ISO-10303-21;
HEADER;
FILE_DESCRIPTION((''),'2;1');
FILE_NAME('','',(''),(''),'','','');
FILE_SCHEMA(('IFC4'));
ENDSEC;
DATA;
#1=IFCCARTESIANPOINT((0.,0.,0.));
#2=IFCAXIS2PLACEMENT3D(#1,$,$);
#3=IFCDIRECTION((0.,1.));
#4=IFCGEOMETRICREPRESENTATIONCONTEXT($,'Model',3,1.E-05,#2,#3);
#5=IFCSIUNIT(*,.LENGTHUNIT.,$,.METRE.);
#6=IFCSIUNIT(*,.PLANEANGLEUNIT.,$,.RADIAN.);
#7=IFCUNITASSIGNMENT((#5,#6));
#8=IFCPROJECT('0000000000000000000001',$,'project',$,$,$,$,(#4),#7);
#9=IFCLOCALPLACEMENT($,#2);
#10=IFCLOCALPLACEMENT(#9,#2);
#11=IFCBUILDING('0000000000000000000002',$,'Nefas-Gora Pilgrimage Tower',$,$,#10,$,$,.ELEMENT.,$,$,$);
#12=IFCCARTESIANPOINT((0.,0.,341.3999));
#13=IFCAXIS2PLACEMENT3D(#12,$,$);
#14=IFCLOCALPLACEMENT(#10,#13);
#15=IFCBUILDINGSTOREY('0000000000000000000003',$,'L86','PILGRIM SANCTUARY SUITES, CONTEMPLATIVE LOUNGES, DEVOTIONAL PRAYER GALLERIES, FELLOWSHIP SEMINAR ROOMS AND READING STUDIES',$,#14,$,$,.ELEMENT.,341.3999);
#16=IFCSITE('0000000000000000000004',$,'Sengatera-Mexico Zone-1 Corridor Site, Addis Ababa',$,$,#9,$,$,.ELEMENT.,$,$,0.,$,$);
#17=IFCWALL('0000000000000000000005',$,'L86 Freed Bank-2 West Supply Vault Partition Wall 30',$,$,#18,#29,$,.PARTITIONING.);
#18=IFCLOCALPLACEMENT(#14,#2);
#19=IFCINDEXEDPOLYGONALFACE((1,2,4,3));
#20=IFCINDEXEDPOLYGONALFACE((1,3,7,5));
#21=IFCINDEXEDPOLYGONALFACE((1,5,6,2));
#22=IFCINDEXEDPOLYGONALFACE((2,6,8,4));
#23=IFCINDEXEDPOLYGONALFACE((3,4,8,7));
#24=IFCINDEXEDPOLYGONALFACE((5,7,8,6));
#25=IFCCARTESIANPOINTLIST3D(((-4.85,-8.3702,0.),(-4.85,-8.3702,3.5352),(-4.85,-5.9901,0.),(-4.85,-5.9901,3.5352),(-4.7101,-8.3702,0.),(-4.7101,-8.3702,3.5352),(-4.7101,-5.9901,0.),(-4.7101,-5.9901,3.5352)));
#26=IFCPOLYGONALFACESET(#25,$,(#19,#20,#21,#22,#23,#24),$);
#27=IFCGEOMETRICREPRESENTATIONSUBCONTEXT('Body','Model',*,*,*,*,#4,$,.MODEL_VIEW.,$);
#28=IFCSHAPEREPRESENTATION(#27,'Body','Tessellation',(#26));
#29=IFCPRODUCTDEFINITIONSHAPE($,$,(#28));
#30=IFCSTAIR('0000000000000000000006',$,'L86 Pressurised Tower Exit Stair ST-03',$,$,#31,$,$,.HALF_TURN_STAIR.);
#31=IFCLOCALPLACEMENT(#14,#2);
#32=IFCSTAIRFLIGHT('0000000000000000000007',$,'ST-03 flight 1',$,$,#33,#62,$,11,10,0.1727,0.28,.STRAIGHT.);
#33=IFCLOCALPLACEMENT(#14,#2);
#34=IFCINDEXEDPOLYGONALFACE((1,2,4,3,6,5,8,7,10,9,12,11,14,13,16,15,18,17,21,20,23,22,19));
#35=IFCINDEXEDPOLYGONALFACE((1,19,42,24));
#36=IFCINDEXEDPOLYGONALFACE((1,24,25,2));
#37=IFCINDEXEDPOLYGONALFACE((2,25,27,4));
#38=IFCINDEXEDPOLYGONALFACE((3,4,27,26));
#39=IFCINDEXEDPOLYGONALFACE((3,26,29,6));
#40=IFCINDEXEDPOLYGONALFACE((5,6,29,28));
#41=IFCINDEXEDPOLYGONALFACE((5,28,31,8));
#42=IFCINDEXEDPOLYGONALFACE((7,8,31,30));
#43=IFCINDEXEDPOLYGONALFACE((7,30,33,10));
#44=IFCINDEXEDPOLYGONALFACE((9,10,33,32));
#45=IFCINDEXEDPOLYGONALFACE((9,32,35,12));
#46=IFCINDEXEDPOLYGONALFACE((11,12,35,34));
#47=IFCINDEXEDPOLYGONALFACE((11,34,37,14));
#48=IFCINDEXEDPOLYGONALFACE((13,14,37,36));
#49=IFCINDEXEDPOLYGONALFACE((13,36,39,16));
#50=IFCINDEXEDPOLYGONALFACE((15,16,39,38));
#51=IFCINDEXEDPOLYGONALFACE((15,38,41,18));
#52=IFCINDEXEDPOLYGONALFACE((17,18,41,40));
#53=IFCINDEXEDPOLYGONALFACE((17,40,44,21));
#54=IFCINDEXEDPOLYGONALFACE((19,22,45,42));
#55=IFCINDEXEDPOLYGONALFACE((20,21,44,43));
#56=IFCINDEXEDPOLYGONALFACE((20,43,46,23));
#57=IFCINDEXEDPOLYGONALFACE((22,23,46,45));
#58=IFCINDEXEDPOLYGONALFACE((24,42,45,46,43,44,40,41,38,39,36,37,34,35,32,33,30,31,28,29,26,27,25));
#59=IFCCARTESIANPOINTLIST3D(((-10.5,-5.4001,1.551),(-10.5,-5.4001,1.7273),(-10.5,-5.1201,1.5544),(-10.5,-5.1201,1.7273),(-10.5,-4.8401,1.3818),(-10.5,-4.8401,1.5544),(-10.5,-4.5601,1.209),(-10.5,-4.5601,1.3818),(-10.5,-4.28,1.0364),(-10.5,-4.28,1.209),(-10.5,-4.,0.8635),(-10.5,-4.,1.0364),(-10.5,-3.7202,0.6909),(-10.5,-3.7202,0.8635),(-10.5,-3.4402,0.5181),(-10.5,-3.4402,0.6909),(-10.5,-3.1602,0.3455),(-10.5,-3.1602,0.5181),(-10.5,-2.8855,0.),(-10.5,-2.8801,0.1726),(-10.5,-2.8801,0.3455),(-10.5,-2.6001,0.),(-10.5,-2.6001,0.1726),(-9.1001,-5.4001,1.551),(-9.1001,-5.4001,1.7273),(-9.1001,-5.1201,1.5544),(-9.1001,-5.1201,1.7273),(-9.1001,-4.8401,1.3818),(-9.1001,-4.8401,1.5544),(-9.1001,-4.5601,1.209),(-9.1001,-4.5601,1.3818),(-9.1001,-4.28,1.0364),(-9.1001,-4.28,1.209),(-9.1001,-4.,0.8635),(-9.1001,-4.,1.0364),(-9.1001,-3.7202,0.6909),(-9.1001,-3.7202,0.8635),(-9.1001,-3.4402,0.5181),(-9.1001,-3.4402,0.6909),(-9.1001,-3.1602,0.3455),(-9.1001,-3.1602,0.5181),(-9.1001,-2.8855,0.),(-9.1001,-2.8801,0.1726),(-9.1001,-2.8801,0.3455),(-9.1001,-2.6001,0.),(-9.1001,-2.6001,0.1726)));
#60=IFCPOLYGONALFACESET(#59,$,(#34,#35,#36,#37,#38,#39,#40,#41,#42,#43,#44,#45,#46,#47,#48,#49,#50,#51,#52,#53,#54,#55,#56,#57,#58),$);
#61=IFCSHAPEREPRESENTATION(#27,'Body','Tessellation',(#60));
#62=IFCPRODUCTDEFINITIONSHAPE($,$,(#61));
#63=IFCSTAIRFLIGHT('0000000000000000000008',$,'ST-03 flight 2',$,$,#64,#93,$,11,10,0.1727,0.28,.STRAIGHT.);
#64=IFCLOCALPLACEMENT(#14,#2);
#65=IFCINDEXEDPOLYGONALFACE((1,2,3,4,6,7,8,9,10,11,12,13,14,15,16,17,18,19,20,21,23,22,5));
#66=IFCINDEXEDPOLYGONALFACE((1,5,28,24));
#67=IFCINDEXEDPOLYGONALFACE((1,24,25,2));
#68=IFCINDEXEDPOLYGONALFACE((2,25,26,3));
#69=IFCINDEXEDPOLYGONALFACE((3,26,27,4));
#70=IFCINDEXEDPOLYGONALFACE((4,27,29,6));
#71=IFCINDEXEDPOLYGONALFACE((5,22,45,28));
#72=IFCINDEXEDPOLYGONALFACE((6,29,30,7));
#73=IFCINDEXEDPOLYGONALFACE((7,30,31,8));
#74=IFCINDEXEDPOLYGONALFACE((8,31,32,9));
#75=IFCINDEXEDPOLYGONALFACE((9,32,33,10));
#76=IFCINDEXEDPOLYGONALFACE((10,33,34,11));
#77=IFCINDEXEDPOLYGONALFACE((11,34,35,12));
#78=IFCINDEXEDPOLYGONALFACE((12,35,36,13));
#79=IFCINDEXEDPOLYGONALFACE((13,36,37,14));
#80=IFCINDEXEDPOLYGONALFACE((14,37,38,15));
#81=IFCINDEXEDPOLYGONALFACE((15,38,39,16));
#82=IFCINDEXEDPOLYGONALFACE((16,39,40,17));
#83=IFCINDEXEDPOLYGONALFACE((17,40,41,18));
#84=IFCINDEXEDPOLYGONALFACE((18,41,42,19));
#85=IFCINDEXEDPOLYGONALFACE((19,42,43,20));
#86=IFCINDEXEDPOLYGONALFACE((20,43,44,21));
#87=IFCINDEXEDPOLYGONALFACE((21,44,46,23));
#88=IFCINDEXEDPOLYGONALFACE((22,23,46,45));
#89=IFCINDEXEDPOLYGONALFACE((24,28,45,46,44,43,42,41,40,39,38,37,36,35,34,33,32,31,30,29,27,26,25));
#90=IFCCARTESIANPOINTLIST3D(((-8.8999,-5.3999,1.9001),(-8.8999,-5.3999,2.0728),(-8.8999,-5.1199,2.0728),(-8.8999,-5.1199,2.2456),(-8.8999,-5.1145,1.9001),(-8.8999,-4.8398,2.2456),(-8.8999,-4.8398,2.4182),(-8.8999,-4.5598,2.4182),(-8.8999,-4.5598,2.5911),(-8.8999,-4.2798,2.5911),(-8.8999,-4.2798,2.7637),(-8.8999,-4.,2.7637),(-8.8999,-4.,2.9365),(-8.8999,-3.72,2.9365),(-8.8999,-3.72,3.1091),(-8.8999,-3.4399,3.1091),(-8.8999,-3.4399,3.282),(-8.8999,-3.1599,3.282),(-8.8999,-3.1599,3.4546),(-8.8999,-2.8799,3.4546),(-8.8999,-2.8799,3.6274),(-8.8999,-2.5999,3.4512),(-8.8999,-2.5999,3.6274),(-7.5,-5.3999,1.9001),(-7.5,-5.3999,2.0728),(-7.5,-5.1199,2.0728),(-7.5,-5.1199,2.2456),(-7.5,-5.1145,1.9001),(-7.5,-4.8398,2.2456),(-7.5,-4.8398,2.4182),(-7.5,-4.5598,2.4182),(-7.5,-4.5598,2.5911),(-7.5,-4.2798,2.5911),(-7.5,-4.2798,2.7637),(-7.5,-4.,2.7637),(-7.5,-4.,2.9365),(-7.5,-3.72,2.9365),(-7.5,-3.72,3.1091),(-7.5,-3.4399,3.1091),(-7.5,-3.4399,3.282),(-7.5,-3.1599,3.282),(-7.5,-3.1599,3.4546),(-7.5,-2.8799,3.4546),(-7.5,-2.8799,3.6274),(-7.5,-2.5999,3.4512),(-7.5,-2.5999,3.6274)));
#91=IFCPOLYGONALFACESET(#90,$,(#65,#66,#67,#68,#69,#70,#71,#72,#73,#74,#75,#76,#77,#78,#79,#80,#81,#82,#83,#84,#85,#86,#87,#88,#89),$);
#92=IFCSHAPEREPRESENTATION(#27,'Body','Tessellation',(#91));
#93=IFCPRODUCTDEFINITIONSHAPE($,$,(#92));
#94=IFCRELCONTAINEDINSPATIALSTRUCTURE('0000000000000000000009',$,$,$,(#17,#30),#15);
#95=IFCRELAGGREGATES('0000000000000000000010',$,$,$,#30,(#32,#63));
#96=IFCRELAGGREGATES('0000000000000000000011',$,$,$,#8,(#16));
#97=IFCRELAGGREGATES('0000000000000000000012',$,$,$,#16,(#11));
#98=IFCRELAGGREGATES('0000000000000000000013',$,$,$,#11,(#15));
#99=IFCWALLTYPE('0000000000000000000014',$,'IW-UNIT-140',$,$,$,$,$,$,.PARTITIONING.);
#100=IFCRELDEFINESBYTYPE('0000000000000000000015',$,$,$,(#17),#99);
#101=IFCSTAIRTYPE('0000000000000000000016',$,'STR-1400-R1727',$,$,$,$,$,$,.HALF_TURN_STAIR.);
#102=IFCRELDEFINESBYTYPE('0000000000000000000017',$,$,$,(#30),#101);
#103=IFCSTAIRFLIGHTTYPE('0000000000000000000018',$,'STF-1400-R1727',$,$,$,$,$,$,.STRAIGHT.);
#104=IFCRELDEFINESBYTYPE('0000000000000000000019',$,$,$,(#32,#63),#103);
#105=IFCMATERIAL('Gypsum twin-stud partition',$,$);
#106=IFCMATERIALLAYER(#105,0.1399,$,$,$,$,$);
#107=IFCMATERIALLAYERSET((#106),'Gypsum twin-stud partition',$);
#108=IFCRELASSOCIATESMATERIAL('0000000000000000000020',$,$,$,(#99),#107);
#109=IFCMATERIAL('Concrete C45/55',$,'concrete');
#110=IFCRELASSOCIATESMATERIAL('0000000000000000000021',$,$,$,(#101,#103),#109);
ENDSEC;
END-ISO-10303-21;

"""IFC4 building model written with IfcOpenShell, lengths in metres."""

from ifc_helpers import new_model, si_unit, direction, frame, frame_2d, origin, place, context, subcontext, project, spatial, polyline, rectangle, outline, extrude, source, transform, mapped, material, layer, layer_set, type_object, element, aggregate, save


model = new_model("IFC4")

# Units and contexts
model_context = context("Model", 3, precision=1e-05, world=origin(), true_north=direction((0.0, 1.0)))
body_context = subcontext(model_context, "Body", "Model", "MODEL_VIEW")
ifc_project = project(units=[si_unit("LENGTHUNIT", "METRE"), si_unit("PLANEANGLEUNIT", "RADIAN")], contexts=[model_context])

# Site, building, storey
site_placement = place(None, origin())
site = spatial("IfcSite", under=ifc_project, at=site_placement, Name="Sengatera-Mexico Zone-1 Corridor Site, Addis Ababa", CompositionType="ELEMENT", RefElevation=0.0)
building_placement = place(site_placement, origin())
building = spatial("IfcBuilding", under=site, at=building_placement, Name="Nefas-Gora Pilgrimage Tower", CompositionType="ELEMENT")
storey_placement = place(building_placement, frame((0.0, 0.0, 341.3999)))
storey = spatial("IfcBuildingStorey", under=building, at=storey_placement, Name="L86", Description="PILGRIM SANCTUARY SUITES, CONTEMPLATIVE LOUNGES, DEVOTIONAL PRAYER GALLERIES, FELLOWSHIP SEMINAR ROOMS AND READING STUDIES", CompositionType="ELEMENT", Elevation=341.3999)

# Shared definitions
ifc_material_1 = material(Name="Concrete C45/55", Category="concrete")

# Wall
ifc_material_2 = material(Name="Gypsum twin-stud partition")
ifc_layer_1 = layer(ifc_material_2, 0.1399)
ifc_layer_set_1 = layer_set([ifc_layer_1], Name="Gypsum twin-stud partition")
wall_type_1 = type_object("IfcWallType", Name="IW-UNIT-140", PredefinedType="PARTITIONING", material=ifc_layer_set_1)
shared_shape_1 = source(origin(), body_context, "Body", "SweptSolid", [
    extrude(rectangle(XDim=2.3801, YDim=0.1399, at=frame_2d((1.1899, 0.0))), origin(), (0.0, 0.0, 1.0), 3.5352),
])
wall_1_placement = place(storey_placement, frame((-4.78, -8.3701, 0.0), z_axis=(0.0, 0.0, 1.0), x_axis=(0.0, 1.0, 0.0)))
element("IfcWall", 1, at=wall_1_placement, inside=storey, type_object=wall_type_1, Name="L86 Freed Bank-2 West Supply Vault Partition Wall 30", PredefinedType="PARTITIONING", context=body_context, shape_type="MappedRepresentation", body=[
    mapped(shared_shape_1, transform((0.0, 0.0, 0.0), x_axis=(1.0, 0.0, 0.0), y_axis=(0.0, 1.0, 0.0), z_axis=(0.0, 0.0, 1.0), scale=1.0)),
])

# Stair, stair flights
stair_type = type_object("IfcStairType", Name="STR-1400-R1727", PredefinedType="HALF_TURN_STAIR", material=ifc_material_1)
stair_placement = place(storey_placement, origin())
stair = element("IfcStair", 2, at=stair_placement, inside=storey, type_object=stair_type, Name="L86 Pressurised Tower Exit Stair ST-03", PredefinedType="HALF_TURN_STAIR")
stair_flight_type = type_object("IfcStairFlightType", Name="STF-1400-R1727", PredefinedType="STRAIGHT", material=ifc_material_1)
shared_shape_2 = source(origin(), body_context, "Body", "SweptSolid", [
    extrude(outline(polyline([(0.0, 0.0), (0.0, 0.1726), (0.28, 0.1726), (0.28, 0.3455), (0.5601, 0.3455), (0.5601, 0.5181), (0.8401, 0.5181), (0.8401, 0.6909), (1.1201, 0.6909), (1.1201, 0.8635), (1.3999, 0.8635), (1.3999, 1.0364), (1.6799, 1.0364), (1.6799, 1.209), (1.96, 1.209), (1.96, 1.3818), (2.24, 1.3818), (2.24, 1.5544), (2.52, 1.5544), (2.52, 1.7273), (2.8, 1.7273), (2.8, 1.8999), (2.8, 1.551), (0.2854, 0.0), (0.0, 0.0)])), frame((0.0, 0.7, 0.0), z_axis=(0.0, -1.0, 0.0), x_axis=(1.0, 0.0, 0.0)), (0.0, 0.0, 1.0), 1.3999),
])
stair_flight_1_placement = place(storey_placement, frame((-9.8, -2.6001, 0.0), z_axis=(0.0, 0.0, 1.0), x_axis=(0.0, -1.0, 0.0)))
stair_flight_1 = element("IfcStairFlight", 3, at=stair_flight_1_placement, type_object=stair_flight_type, Name="ST-03 flight 1", NumberOfRisers=11, NumberOfTreads=10, PredefinedType="STRAIGHT", RiserHeight=0.1727, TreadLength=0.28, context=body_context, shape_type="MappedRepresentation", body=[
    mapped(shared_shape_2, transform((0.0, 0.0, 0.0), x_axis=(1.0, 0.0, 0.0), y_axis=(0.0, 1.0, 0.0), z_axis=(0.0, 0.0, 1.0), scale=1.0)),
])
stair_flight_2_placement = place(storey_placement, frame((-8.2, -5.3999, 1.9001), z_axis=(0.0, 0.0, 1.0), x_axis=(0.0, 1.0, 0.0)))
stair_flight_2 = element("IfcStairFlight", 4, at=stair_flight_2_placement, type_object=stair_flight_type, Name="ST-03 flight 2", NumberOfRisers=11, NumberOfTreads=10, PredefinedType="STRAIGHT", RiserHeight=0.1727, TreadLength=0.28, context=body_context, shape_type="MappedRepresentation", body=[
    mapped(shared_shape_2, transform((0.0, 0.0, 0.0), x_axis=(1.0, 0.0, 0.0), y_axis=(0.0, 1.0, 0.0), z_axis=(0.0, 0.0, 1.0), scale=1.0)),
])
aggregate(stair, [stair_flight_1, stair_flight_2])

save(model, "model.ifc")
